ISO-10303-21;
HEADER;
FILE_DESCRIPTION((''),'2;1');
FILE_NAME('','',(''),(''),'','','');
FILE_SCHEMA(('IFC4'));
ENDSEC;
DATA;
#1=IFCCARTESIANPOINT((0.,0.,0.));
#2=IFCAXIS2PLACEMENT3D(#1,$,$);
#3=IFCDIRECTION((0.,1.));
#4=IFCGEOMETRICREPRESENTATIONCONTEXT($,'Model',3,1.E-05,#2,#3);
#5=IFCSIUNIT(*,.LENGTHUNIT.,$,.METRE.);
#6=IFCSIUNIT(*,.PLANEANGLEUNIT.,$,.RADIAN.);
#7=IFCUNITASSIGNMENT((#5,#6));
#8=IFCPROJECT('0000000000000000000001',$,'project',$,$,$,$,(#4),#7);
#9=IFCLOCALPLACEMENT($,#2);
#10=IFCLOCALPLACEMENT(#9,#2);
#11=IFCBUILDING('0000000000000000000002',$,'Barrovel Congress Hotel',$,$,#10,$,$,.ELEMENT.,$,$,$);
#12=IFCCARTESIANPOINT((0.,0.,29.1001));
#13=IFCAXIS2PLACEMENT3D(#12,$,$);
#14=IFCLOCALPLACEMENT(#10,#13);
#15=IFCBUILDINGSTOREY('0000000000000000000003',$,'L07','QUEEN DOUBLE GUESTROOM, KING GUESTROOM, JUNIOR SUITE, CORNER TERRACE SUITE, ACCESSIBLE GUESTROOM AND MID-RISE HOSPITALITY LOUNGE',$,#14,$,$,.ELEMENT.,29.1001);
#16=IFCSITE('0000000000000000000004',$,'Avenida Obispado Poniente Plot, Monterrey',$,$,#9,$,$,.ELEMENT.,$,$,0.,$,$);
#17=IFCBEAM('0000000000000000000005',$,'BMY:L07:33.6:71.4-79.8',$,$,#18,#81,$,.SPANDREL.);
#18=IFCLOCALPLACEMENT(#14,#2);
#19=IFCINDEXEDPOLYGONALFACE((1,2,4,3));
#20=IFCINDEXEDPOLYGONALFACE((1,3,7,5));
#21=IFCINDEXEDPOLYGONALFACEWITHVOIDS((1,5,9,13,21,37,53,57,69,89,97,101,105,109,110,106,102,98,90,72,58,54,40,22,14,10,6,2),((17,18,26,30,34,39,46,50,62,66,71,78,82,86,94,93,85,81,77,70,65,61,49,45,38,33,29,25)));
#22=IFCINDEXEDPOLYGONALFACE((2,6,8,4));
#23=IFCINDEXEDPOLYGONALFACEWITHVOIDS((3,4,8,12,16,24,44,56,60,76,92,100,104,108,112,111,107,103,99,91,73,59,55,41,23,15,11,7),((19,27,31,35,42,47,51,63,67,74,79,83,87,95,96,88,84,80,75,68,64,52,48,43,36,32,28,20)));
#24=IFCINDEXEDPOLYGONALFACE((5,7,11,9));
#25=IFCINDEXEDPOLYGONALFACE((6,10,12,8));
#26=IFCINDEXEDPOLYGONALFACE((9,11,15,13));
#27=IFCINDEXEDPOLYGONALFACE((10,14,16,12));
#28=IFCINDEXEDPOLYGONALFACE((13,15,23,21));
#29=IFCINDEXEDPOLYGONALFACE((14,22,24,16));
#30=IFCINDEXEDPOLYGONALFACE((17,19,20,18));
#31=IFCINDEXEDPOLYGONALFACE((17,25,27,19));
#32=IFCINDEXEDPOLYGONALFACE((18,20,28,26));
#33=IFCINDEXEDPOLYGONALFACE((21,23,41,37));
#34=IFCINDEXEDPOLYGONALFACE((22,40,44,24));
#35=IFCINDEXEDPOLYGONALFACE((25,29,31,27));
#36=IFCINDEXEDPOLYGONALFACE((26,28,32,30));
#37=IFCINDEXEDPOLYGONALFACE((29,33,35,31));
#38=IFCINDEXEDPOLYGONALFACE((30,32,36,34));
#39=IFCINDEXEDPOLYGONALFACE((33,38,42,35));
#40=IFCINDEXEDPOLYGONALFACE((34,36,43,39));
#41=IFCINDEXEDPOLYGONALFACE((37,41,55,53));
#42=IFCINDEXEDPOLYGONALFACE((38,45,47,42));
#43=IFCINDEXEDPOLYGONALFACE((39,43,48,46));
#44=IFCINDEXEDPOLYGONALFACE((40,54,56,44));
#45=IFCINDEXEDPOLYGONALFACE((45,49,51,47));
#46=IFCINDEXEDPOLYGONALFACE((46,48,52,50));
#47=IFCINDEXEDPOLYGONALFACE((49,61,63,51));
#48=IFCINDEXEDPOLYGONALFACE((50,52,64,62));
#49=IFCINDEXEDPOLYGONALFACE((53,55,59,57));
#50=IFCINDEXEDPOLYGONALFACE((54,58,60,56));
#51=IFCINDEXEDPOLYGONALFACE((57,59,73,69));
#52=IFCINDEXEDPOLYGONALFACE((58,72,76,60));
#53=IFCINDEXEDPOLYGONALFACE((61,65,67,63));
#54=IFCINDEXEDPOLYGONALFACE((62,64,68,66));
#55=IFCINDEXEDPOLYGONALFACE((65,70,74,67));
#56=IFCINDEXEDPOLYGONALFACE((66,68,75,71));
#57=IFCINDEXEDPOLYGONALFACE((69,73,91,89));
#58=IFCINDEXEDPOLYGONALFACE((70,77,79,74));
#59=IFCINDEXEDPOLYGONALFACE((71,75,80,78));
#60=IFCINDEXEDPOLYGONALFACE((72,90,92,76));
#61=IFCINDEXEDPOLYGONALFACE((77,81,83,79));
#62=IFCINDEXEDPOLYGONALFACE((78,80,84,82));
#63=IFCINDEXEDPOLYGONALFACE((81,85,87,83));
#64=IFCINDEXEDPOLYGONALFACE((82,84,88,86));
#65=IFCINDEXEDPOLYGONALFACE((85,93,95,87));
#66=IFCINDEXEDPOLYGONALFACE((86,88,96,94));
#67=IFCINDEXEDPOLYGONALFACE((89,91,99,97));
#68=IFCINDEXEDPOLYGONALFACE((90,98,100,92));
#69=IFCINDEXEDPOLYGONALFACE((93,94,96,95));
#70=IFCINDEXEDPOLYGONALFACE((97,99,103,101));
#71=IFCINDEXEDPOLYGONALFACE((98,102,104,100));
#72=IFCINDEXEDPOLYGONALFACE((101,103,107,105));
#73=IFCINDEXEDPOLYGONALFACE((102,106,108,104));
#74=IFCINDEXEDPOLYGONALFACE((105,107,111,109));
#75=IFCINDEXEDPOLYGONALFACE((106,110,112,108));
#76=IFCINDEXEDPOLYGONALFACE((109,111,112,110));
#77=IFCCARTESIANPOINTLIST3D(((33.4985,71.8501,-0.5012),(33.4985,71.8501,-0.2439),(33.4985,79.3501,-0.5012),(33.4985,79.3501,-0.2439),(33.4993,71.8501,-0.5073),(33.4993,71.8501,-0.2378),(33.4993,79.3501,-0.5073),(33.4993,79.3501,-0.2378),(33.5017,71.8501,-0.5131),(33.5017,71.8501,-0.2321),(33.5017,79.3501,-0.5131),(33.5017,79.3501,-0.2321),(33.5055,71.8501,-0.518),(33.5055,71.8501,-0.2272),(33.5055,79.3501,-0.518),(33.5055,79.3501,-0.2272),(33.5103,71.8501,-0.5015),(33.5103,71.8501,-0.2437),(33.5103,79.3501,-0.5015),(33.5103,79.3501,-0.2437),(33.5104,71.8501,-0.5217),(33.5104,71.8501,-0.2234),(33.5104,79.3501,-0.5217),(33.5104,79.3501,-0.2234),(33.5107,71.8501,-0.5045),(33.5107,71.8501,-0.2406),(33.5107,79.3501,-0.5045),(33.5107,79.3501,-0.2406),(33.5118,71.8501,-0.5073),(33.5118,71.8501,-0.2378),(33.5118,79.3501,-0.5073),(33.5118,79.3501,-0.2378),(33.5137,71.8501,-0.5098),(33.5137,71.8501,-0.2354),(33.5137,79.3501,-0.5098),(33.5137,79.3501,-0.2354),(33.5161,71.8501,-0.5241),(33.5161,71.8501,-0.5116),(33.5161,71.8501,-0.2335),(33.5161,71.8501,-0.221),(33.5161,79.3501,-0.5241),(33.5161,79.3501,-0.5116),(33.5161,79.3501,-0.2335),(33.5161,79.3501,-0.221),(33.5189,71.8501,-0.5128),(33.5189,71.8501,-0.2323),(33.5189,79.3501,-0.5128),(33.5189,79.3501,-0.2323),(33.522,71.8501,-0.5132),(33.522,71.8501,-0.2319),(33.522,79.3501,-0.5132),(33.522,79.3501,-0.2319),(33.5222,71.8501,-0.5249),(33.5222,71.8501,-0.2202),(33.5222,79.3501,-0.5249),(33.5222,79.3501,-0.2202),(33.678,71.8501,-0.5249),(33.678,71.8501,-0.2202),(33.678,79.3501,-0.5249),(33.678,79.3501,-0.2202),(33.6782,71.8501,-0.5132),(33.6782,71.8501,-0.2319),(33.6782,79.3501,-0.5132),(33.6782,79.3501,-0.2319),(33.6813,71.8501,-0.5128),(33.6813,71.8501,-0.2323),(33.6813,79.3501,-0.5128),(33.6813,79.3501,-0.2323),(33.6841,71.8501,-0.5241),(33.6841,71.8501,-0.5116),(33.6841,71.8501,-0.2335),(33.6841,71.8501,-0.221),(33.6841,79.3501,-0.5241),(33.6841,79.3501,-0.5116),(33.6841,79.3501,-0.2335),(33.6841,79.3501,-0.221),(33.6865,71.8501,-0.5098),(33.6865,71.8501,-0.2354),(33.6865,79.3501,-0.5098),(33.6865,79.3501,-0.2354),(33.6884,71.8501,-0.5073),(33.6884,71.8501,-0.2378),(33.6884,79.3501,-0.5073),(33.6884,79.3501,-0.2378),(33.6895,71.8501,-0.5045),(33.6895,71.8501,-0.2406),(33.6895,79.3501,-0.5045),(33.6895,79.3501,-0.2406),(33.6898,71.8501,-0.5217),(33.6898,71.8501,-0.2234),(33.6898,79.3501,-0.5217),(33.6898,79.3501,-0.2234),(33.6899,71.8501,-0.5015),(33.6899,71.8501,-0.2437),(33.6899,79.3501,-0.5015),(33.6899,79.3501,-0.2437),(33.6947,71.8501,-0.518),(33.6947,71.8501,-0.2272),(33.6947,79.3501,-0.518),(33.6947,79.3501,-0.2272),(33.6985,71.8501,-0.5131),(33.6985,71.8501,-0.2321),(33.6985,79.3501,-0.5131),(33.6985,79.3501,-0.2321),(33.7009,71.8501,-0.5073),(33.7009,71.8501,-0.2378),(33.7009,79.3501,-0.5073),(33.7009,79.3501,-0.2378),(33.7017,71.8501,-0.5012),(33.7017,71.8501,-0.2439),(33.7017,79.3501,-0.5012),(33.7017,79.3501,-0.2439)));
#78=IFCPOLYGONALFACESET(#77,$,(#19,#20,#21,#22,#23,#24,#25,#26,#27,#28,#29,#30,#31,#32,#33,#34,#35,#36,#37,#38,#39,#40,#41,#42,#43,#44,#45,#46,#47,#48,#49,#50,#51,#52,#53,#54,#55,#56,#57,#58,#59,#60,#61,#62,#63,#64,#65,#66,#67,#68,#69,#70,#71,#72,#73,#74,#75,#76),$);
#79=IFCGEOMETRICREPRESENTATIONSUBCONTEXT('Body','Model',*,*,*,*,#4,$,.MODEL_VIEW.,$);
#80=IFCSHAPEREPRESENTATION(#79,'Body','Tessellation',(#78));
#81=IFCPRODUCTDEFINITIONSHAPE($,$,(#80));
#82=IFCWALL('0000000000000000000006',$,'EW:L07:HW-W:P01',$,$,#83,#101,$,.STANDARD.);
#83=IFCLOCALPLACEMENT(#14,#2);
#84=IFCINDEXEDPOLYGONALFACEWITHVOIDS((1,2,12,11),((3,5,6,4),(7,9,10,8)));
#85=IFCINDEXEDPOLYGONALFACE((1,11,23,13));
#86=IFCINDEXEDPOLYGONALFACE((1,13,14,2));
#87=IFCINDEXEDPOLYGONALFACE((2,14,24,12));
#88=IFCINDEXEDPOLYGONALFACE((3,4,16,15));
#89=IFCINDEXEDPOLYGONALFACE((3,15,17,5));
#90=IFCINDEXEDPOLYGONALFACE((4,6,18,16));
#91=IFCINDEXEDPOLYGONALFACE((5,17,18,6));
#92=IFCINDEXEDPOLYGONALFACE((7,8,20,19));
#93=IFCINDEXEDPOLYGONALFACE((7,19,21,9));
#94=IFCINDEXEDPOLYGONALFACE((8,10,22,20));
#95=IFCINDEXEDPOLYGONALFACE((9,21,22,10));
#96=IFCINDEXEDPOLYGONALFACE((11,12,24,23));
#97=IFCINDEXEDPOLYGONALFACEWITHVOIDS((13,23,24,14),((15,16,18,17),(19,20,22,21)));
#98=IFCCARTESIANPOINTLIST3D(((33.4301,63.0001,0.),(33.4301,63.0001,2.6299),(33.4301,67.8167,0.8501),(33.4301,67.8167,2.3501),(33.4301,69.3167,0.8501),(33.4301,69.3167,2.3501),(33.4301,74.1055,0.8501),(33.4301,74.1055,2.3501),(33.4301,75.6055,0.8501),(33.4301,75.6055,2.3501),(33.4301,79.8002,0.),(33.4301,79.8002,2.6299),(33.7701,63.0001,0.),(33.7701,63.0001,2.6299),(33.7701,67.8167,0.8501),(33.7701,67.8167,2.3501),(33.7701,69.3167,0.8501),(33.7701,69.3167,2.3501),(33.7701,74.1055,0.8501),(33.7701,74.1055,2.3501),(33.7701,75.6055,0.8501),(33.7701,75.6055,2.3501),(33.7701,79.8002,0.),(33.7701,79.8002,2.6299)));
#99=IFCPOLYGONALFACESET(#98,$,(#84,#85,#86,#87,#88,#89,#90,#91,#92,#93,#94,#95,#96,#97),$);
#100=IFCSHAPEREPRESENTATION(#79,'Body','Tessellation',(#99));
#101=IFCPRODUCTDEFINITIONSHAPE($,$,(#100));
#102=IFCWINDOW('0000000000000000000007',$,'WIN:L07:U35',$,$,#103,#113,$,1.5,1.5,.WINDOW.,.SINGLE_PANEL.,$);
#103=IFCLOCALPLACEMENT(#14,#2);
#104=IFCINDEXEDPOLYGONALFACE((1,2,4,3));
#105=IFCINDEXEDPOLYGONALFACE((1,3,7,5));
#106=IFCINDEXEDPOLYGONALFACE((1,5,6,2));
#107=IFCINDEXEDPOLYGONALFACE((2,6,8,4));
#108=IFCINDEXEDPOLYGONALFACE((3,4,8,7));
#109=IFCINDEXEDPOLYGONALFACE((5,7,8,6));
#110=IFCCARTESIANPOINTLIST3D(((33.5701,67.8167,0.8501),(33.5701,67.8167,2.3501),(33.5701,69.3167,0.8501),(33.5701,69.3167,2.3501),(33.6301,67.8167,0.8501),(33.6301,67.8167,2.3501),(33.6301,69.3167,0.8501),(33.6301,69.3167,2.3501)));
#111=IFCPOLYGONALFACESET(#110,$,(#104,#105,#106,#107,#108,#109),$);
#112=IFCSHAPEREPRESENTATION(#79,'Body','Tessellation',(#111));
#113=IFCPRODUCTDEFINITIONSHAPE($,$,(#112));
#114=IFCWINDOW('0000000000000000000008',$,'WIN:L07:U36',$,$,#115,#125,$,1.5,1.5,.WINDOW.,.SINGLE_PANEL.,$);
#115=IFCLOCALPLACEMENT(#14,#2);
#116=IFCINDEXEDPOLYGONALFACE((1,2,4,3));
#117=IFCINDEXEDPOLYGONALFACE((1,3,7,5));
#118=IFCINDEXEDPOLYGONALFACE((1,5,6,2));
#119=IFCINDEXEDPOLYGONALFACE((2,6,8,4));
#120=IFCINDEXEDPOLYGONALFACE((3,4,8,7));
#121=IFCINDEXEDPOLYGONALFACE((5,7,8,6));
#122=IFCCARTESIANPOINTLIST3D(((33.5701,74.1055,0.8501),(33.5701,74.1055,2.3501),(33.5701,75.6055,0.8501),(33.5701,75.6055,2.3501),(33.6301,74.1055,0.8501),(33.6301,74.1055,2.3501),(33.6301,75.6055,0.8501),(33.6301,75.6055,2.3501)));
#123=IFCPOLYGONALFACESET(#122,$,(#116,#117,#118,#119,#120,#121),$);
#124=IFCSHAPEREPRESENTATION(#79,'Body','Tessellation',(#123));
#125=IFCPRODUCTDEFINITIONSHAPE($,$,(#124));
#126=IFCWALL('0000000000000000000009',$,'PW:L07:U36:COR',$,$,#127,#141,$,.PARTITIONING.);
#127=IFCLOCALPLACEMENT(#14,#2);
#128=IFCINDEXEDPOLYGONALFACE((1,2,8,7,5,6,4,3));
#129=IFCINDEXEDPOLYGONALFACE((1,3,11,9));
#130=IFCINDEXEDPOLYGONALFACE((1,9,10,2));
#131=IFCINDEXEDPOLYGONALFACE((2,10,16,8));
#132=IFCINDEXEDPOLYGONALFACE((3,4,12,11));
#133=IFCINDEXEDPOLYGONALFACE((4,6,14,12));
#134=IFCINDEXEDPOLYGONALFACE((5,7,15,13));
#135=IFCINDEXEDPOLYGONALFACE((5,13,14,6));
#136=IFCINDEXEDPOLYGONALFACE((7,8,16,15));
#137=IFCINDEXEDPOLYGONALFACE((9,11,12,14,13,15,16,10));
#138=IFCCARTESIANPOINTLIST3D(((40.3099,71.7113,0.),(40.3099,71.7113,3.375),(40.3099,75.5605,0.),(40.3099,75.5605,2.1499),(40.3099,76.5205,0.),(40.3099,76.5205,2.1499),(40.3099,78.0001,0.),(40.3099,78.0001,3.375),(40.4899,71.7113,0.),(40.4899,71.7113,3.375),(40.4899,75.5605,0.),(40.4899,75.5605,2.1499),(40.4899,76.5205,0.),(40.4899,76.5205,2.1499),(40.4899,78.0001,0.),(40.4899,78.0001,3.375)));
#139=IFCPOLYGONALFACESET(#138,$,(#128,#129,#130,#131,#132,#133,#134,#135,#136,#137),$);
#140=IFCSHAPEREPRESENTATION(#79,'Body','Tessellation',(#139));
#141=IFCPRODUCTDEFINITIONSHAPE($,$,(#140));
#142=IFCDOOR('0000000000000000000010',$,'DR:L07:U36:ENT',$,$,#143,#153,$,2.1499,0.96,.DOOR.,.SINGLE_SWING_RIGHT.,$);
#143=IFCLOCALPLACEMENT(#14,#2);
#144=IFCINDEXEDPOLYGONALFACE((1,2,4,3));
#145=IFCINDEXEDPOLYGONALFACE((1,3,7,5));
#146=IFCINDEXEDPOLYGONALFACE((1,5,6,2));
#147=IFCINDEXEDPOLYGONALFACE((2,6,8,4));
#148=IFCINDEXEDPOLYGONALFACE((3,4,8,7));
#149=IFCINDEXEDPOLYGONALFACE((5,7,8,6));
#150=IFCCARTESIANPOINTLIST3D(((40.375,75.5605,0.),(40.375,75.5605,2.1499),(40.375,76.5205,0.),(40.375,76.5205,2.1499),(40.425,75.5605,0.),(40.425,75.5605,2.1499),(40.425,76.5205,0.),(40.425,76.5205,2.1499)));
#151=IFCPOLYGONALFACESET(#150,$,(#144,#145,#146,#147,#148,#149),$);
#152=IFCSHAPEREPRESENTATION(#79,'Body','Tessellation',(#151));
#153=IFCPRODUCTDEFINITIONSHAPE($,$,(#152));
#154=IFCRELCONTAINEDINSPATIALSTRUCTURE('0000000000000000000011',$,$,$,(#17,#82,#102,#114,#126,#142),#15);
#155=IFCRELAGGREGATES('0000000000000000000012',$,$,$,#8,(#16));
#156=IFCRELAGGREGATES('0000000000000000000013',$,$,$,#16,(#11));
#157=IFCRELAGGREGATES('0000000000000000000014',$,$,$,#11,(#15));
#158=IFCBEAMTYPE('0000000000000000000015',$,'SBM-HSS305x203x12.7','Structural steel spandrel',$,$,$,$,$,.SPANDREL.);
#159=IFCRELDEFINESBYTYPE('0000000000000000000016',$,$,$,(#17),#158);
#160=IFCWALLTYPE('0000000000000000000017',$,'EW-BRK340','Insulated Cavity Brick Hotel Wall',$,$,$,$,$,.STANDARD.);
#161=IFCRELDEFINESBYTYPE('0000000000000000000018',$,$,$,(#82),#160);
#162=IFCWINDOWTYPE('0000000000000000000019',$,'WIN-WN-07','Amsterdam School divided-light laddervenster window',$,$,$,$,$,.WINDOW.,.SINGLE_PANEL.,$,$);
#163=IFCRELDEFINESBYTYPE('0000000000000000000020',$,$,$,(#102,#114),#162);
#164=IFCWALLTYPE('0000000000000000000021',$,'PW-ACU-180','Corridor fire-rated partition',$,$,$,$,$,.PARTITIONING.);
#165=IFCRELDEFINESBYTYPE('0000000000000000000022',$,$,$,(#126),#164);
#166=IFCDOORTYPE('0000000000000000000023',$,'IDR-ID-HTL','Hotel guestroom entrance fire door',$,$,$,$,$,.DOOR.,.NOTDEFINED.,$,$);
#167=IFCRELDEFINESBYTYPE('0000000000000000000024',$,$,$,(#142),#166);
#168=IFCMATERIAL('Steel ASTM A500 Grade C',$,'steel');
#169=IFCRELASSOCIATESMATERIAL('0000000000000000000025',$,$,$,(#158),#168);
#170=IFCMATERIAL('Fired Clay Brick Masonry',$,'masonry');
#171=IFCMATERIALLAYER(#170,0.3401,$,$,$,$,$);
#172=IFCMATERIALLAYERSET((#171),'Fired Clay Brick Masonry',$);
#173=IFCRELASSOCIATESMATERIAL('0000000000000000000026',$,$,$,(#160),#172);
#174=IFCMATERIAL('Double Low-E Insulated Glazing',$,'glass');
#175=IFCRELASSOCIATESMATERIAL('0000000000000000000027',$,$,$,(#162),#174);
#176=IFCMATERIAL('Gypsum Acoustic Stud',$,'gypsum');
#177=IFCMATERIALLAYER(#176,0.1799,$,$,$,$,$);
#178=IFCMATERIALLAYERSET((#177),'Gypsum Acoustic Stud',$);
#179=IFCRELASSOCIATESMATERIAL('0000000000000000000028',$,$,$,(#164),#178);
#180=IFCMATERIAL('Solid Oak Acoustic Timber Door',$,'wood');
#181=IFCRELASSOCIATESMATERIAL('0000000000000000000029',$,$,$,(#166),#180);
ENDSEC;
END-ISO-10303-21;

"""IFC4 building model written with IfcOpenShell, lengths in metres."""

from ifc_helpers import new_model, si_unit, direction, frame, frame_2d, origin, origin_2d, place, context, subcontext, project, spatial, rectangle, hollow_rectangle, extrude, material, layer, layer_set, material_profile, profile_set, type_object, element, fill, save


model = new_model("IFC4")

# Units and contexts
model_context = context("Model", 3, precision=1e-05, world=origin(), true_north=direction((0.0, 1.0)))
body_context = subcontext(model_context, "Body", "Model", "MODEL_VIEW")
ifc_project = project(units=[si_unit("LENGTHUNIT", "METRE"), si_unit("PLANEANGLEUNIT", "RADIAN")], contexts=[model_context])

# Site, building, storey
site_placement = place(None, origin())
site = spatial("IfcSite", under=ifc_project, at=site_placement, Name="Avenida Obispado Poniente Plot, Monterrey", CompositionType="ELEMENT", RefElevation=0.0)
building_placement = place(site_placement, origin())
building = spatial("IfcBuilding", under=site, at=building_placement, Name="Barrovel Congress Hotel", CompositionType="ELEMENT")
storey_placement = place(building_placement, frame((0.0, 0.0, 29.1001)))
storey = spatial("IfcBuildingStorey", under=building, at=storey_placement, Name="L07", Description="QUEEN DOUBLE GUESTROOM, KING GUESTROOM, JUNIOR SUITE, CORNER TERRACE SUITE, ACCESSIBLE GUESTROOM AND MID-RISE HOSPITALITY LOUNGE", CompositionType="ELEMENT", Elevation=29.1001)

# Beam
ifc_material_1 = material(Name="Steel ASTM A500 Grade C", Category="steel")
ifc_material_profile_1 = material_profile(ifc_material_1, hollow_rectangle(XDim=0.2031, YDim=0.3047, WallThickness=0.0117, InnerFilletRadius=0.0117, OuterFilletRadius=0.0237, at=origin_2d()), Name="HSS305x203x12.7")
ifc_profile_set_1 = profile_set([ifc_material_profile_1], Name="Steel ASTM A500 Grade C")
beam_type_1 = type_object("IfcBeamType", Name="SBM-HSS305x203x12.7", Description="Structural steel spandrel", PredefinedType="SPANDREL", material=ifc_profile_set_1)
beam_1_placement = place(storey_placement, frame((33.6001, 71.8501, -0.3726), z_axis=(0.0, 1.0, 0.0), x_axis=(-1.0, 0.0, 0.0)))
element("IfcBeam", 1, at=beam_1_placement, inside=storey, type_object=beam_type_1, Name="BMY:L07:33.6:71.4-79.8", PredefinedType="SPANDREL", context=body_context, shape_type="SweptSolid", body=[
    extrude(hollow_rectangle(XDim=0.2031, YDim=0.3047, WallThickness=0.0117, InnerFilletRadius=0.0117, OuterFilletRadius=0.0237, at=origin_2d()), origin(), (0.0, 0.0, 1.0), 7.5),
])

# Wall, openings, windows
ifc_material_2 = material(Name="Fired Clay Brick Masonry", Category="masonry")
ifc_layer_1 = layer(ifc_material_2, 0.3401)
ifc_layer_set_1 = layer_set([ifc_layer_1], Name="Fired Clay Brick Masonry")
wall_type_1 = type_object("IfcWallType", Name="EW-BRK340", Description="Insulated Cavity Brick Hotel Wall", PredefinedType="STANDARD", material=ifc_layer_set_1)
wall_1_placement = place(storey_placement, frame((33.6001, 79.8, 0.0), z_axis=(0.0, 0.0, 1.0), x_axis=(0.0, -1.0, 0.0)))
wall_1 = element("IfcWall", 2, at=wall_1_placement, inside=storey, type_object=wall_type_1, Name="EW:L07:HW-W:P01", PredefinedType="STANDARD", context=body_context, shape_type="SweptSolid", body=[
    extrude(rectangle(XDim=16.8, YDim=0.3401, at=frame_2d((8.3999, 0.0))), origin(), (0.0, 0.0, 1.0), 2.6299),
])
opening_1_placement = place(wall_1_placement, frame((10.4834, 0.0, 0.8501)))
opening_1 = element("IfcOpeningElement", 3, at=opening_1_placement, cuts=wall_1, PredefinedType="OPENING", context=body_context, shape_type="SweptSolid", body=[
    extrude(rectangle(XDim=1.5, YDim=1.5, at=frame_2d((0.75, 0.75))), frame((0.0, 0.1802, 0.0), z_axis=(0.0, -1.0, 0.0), x_axis=(1.0, 0.0, 0.0)), (0.0, 0.0, 1.0), 0.3601),
])
opening_2_placement = place(wall_1_placement, frame((4.1946, 0.0, 0.8501)))
opening_2 = element("IfcOpeningElement", 4, at=opening_2_placement, cuts=wall_1, PredefinedType="OPENING", context=body_context, shape_type="SweptSolid", body=[
    extrude(rectangle(XDim=1.5, YDim=1.5, at=frame_2d((0.75, 0.75))), frame((0.0, 0.1802, 0.0), z_axis=(0.0, -1.0, 0.0), x_axis=(1.0, 0.0, 0.0)), (0.0, 0.0, 1.0), 0.3601),
])
ifc_material_3 = material(Name="Double Low-E Insulated Glazing", Category="glass")
window_type = type_object("IfcWindowType", Name="WIN-WN-07", Description="Amsterdam School divided-light laddervenster window", PartitioningType="SINGLE_PANEL", PredefinedType="WINDOW", material=ifc_material_3)
window_1_placement = place(opening_1_placement, origin())
window_1 = element("IfcWindow", 5, at=window_1_placement, inside=storey, type_object=window_type, Name="WIN:L07:U35", OverallHeight=1.5, OverallWidth=1.5, PartitioningType="SINGLE_PANEL", PredefinedType="WINDOW", context=body_context, shape_type="SweptSolid", body=[
    extrude(rectangle(XDim=1.5, YDim=1.5, at=frame_2d((0.75, 0.75))), frame((0.0, 0.03, 0.0), z_axis=(0.0, -1.0, 0.0), x_axis=(1.0, 0.0, 0.0)), (0.0, 0.0, 1.0), 0.0601),
])
fill(opening_1, window_1)
window_2_placement = place(opening_2_placement, origin())
window_2 = element("IfcWindow", 6, at=window_2_placement, inside=storey, type_object=window_type, Name="WIN:L07:U36", OverallHeight=1.5, OverallWidth=1.5, PartitioningType="SINGLE_PANEL", PredefinedType="WINDOW", context=body_context, shape_type="SweptSolid", body=[
    extrude(rectangle(XDim=1.5, YDim=1.5, at=frame_2d((0.75, 0.75))), frame((0.0, 0.03, 0.0), z_axis=(0.0, -1.0, 0.0), x_axis=(1.0, 0.0, 0.0)), (0.0, 0.0, 1.0), 0.0601),
])
fill(opening_2, window_2)

# Wall, opening, door
ifc_material_4 = material(Name="Gypsum Acoustic Stud", Category="gypsum")
ifc_layer_2 = layer(ifc_material_4, 0.1799)
ifc_layer_set_2 = layer_set([ifc_layer_2], Name="Gypsum Acoustic Stud")
wall_type_2 = type_object("IfcWallType", Name="PW-ACU-180", Description="Corridor fire-rated partition", PredefinedType="PARTITIONING", material=ifc_layer_set_2)
wall_2_placement = place(storey_placement, frame((40.3999, 71.7112, 0.0), z_axis=(0.0, 0.0, 1.0), x_axis=(0.0, 1.0, 0.0)))
wall_2 = element("IfcWall", 7, at=wall_2_placement, inside=storey, type_object=wall_type_2, Name="PW:L07:U36:COR", PredefinedType="PARTITIONING", context=body_context, shape_type="SweptSolid", body=[
    extrude(rectangle(XDim=6.2888, YDim=0.1799, at=frame_2d((3.1445, 0.0))), origin(), (0.0, 0.0, 1.0), 3.375),
])
opening_3_placement = place(wall_2_placement, frame((3.8494, 0.0, 0.0)))
opening_3 = element("IfcOpeningElement", 8, at=opening_3_placement, cuts=wall_2, PredefinedType="OPENING", context=body_context, shape_type="SweptSolid", body=[
    extrude(rectangle(XDim=0.96, YDim=2.1499, at=frame_2d((0.48, 1.075))), frame((0.0, 0.1001, 0.0), z_axis=(0.0, -1.0, 0.0), x_axis=(1.0, 0.0, 0.0)), (0.0, 0.0, 1.0), 0.2),
])
ifc_material_5 = material(Name="Solid Oak Acoustic Timber Door", Category="wood")
door_type_1 = type_object("IfcDoorType", Name="IDR-ID-HTL", Description="Hotel guestroom entrance fire door", OperationType="NOTDEFINED", PredefinedType="DOOR", material=ifc_material_5)
door_1_placement = place(opening_3_placement, origin())
door_1 = element("IfcDoor", 9, at=door_1_placement, inside=storey, type_object=door_type_1, Name="DR:L07:U36:ENT", OperationType="SINGLE_SWING_RIGHT", OverallHeight=2.1499, OverallWidth=0.96, PredefinedType="DOOR", context=body_context, shape_type="SweptSolid", body=[
    extrude(rectangle(XDim=0.96, YDim=2.1499, at=frame_2d((0.48, 1.075))), frame((0.0, 0.0249, 0.0), z_axis=(0.0, -1.0, 0.0), x_axis=(1.0, 0.0, 0.0)), (0.0, 0.0, 1.0), 0.05),
])
fill(opening_3, door_1)

save(model, "model.ifc")
